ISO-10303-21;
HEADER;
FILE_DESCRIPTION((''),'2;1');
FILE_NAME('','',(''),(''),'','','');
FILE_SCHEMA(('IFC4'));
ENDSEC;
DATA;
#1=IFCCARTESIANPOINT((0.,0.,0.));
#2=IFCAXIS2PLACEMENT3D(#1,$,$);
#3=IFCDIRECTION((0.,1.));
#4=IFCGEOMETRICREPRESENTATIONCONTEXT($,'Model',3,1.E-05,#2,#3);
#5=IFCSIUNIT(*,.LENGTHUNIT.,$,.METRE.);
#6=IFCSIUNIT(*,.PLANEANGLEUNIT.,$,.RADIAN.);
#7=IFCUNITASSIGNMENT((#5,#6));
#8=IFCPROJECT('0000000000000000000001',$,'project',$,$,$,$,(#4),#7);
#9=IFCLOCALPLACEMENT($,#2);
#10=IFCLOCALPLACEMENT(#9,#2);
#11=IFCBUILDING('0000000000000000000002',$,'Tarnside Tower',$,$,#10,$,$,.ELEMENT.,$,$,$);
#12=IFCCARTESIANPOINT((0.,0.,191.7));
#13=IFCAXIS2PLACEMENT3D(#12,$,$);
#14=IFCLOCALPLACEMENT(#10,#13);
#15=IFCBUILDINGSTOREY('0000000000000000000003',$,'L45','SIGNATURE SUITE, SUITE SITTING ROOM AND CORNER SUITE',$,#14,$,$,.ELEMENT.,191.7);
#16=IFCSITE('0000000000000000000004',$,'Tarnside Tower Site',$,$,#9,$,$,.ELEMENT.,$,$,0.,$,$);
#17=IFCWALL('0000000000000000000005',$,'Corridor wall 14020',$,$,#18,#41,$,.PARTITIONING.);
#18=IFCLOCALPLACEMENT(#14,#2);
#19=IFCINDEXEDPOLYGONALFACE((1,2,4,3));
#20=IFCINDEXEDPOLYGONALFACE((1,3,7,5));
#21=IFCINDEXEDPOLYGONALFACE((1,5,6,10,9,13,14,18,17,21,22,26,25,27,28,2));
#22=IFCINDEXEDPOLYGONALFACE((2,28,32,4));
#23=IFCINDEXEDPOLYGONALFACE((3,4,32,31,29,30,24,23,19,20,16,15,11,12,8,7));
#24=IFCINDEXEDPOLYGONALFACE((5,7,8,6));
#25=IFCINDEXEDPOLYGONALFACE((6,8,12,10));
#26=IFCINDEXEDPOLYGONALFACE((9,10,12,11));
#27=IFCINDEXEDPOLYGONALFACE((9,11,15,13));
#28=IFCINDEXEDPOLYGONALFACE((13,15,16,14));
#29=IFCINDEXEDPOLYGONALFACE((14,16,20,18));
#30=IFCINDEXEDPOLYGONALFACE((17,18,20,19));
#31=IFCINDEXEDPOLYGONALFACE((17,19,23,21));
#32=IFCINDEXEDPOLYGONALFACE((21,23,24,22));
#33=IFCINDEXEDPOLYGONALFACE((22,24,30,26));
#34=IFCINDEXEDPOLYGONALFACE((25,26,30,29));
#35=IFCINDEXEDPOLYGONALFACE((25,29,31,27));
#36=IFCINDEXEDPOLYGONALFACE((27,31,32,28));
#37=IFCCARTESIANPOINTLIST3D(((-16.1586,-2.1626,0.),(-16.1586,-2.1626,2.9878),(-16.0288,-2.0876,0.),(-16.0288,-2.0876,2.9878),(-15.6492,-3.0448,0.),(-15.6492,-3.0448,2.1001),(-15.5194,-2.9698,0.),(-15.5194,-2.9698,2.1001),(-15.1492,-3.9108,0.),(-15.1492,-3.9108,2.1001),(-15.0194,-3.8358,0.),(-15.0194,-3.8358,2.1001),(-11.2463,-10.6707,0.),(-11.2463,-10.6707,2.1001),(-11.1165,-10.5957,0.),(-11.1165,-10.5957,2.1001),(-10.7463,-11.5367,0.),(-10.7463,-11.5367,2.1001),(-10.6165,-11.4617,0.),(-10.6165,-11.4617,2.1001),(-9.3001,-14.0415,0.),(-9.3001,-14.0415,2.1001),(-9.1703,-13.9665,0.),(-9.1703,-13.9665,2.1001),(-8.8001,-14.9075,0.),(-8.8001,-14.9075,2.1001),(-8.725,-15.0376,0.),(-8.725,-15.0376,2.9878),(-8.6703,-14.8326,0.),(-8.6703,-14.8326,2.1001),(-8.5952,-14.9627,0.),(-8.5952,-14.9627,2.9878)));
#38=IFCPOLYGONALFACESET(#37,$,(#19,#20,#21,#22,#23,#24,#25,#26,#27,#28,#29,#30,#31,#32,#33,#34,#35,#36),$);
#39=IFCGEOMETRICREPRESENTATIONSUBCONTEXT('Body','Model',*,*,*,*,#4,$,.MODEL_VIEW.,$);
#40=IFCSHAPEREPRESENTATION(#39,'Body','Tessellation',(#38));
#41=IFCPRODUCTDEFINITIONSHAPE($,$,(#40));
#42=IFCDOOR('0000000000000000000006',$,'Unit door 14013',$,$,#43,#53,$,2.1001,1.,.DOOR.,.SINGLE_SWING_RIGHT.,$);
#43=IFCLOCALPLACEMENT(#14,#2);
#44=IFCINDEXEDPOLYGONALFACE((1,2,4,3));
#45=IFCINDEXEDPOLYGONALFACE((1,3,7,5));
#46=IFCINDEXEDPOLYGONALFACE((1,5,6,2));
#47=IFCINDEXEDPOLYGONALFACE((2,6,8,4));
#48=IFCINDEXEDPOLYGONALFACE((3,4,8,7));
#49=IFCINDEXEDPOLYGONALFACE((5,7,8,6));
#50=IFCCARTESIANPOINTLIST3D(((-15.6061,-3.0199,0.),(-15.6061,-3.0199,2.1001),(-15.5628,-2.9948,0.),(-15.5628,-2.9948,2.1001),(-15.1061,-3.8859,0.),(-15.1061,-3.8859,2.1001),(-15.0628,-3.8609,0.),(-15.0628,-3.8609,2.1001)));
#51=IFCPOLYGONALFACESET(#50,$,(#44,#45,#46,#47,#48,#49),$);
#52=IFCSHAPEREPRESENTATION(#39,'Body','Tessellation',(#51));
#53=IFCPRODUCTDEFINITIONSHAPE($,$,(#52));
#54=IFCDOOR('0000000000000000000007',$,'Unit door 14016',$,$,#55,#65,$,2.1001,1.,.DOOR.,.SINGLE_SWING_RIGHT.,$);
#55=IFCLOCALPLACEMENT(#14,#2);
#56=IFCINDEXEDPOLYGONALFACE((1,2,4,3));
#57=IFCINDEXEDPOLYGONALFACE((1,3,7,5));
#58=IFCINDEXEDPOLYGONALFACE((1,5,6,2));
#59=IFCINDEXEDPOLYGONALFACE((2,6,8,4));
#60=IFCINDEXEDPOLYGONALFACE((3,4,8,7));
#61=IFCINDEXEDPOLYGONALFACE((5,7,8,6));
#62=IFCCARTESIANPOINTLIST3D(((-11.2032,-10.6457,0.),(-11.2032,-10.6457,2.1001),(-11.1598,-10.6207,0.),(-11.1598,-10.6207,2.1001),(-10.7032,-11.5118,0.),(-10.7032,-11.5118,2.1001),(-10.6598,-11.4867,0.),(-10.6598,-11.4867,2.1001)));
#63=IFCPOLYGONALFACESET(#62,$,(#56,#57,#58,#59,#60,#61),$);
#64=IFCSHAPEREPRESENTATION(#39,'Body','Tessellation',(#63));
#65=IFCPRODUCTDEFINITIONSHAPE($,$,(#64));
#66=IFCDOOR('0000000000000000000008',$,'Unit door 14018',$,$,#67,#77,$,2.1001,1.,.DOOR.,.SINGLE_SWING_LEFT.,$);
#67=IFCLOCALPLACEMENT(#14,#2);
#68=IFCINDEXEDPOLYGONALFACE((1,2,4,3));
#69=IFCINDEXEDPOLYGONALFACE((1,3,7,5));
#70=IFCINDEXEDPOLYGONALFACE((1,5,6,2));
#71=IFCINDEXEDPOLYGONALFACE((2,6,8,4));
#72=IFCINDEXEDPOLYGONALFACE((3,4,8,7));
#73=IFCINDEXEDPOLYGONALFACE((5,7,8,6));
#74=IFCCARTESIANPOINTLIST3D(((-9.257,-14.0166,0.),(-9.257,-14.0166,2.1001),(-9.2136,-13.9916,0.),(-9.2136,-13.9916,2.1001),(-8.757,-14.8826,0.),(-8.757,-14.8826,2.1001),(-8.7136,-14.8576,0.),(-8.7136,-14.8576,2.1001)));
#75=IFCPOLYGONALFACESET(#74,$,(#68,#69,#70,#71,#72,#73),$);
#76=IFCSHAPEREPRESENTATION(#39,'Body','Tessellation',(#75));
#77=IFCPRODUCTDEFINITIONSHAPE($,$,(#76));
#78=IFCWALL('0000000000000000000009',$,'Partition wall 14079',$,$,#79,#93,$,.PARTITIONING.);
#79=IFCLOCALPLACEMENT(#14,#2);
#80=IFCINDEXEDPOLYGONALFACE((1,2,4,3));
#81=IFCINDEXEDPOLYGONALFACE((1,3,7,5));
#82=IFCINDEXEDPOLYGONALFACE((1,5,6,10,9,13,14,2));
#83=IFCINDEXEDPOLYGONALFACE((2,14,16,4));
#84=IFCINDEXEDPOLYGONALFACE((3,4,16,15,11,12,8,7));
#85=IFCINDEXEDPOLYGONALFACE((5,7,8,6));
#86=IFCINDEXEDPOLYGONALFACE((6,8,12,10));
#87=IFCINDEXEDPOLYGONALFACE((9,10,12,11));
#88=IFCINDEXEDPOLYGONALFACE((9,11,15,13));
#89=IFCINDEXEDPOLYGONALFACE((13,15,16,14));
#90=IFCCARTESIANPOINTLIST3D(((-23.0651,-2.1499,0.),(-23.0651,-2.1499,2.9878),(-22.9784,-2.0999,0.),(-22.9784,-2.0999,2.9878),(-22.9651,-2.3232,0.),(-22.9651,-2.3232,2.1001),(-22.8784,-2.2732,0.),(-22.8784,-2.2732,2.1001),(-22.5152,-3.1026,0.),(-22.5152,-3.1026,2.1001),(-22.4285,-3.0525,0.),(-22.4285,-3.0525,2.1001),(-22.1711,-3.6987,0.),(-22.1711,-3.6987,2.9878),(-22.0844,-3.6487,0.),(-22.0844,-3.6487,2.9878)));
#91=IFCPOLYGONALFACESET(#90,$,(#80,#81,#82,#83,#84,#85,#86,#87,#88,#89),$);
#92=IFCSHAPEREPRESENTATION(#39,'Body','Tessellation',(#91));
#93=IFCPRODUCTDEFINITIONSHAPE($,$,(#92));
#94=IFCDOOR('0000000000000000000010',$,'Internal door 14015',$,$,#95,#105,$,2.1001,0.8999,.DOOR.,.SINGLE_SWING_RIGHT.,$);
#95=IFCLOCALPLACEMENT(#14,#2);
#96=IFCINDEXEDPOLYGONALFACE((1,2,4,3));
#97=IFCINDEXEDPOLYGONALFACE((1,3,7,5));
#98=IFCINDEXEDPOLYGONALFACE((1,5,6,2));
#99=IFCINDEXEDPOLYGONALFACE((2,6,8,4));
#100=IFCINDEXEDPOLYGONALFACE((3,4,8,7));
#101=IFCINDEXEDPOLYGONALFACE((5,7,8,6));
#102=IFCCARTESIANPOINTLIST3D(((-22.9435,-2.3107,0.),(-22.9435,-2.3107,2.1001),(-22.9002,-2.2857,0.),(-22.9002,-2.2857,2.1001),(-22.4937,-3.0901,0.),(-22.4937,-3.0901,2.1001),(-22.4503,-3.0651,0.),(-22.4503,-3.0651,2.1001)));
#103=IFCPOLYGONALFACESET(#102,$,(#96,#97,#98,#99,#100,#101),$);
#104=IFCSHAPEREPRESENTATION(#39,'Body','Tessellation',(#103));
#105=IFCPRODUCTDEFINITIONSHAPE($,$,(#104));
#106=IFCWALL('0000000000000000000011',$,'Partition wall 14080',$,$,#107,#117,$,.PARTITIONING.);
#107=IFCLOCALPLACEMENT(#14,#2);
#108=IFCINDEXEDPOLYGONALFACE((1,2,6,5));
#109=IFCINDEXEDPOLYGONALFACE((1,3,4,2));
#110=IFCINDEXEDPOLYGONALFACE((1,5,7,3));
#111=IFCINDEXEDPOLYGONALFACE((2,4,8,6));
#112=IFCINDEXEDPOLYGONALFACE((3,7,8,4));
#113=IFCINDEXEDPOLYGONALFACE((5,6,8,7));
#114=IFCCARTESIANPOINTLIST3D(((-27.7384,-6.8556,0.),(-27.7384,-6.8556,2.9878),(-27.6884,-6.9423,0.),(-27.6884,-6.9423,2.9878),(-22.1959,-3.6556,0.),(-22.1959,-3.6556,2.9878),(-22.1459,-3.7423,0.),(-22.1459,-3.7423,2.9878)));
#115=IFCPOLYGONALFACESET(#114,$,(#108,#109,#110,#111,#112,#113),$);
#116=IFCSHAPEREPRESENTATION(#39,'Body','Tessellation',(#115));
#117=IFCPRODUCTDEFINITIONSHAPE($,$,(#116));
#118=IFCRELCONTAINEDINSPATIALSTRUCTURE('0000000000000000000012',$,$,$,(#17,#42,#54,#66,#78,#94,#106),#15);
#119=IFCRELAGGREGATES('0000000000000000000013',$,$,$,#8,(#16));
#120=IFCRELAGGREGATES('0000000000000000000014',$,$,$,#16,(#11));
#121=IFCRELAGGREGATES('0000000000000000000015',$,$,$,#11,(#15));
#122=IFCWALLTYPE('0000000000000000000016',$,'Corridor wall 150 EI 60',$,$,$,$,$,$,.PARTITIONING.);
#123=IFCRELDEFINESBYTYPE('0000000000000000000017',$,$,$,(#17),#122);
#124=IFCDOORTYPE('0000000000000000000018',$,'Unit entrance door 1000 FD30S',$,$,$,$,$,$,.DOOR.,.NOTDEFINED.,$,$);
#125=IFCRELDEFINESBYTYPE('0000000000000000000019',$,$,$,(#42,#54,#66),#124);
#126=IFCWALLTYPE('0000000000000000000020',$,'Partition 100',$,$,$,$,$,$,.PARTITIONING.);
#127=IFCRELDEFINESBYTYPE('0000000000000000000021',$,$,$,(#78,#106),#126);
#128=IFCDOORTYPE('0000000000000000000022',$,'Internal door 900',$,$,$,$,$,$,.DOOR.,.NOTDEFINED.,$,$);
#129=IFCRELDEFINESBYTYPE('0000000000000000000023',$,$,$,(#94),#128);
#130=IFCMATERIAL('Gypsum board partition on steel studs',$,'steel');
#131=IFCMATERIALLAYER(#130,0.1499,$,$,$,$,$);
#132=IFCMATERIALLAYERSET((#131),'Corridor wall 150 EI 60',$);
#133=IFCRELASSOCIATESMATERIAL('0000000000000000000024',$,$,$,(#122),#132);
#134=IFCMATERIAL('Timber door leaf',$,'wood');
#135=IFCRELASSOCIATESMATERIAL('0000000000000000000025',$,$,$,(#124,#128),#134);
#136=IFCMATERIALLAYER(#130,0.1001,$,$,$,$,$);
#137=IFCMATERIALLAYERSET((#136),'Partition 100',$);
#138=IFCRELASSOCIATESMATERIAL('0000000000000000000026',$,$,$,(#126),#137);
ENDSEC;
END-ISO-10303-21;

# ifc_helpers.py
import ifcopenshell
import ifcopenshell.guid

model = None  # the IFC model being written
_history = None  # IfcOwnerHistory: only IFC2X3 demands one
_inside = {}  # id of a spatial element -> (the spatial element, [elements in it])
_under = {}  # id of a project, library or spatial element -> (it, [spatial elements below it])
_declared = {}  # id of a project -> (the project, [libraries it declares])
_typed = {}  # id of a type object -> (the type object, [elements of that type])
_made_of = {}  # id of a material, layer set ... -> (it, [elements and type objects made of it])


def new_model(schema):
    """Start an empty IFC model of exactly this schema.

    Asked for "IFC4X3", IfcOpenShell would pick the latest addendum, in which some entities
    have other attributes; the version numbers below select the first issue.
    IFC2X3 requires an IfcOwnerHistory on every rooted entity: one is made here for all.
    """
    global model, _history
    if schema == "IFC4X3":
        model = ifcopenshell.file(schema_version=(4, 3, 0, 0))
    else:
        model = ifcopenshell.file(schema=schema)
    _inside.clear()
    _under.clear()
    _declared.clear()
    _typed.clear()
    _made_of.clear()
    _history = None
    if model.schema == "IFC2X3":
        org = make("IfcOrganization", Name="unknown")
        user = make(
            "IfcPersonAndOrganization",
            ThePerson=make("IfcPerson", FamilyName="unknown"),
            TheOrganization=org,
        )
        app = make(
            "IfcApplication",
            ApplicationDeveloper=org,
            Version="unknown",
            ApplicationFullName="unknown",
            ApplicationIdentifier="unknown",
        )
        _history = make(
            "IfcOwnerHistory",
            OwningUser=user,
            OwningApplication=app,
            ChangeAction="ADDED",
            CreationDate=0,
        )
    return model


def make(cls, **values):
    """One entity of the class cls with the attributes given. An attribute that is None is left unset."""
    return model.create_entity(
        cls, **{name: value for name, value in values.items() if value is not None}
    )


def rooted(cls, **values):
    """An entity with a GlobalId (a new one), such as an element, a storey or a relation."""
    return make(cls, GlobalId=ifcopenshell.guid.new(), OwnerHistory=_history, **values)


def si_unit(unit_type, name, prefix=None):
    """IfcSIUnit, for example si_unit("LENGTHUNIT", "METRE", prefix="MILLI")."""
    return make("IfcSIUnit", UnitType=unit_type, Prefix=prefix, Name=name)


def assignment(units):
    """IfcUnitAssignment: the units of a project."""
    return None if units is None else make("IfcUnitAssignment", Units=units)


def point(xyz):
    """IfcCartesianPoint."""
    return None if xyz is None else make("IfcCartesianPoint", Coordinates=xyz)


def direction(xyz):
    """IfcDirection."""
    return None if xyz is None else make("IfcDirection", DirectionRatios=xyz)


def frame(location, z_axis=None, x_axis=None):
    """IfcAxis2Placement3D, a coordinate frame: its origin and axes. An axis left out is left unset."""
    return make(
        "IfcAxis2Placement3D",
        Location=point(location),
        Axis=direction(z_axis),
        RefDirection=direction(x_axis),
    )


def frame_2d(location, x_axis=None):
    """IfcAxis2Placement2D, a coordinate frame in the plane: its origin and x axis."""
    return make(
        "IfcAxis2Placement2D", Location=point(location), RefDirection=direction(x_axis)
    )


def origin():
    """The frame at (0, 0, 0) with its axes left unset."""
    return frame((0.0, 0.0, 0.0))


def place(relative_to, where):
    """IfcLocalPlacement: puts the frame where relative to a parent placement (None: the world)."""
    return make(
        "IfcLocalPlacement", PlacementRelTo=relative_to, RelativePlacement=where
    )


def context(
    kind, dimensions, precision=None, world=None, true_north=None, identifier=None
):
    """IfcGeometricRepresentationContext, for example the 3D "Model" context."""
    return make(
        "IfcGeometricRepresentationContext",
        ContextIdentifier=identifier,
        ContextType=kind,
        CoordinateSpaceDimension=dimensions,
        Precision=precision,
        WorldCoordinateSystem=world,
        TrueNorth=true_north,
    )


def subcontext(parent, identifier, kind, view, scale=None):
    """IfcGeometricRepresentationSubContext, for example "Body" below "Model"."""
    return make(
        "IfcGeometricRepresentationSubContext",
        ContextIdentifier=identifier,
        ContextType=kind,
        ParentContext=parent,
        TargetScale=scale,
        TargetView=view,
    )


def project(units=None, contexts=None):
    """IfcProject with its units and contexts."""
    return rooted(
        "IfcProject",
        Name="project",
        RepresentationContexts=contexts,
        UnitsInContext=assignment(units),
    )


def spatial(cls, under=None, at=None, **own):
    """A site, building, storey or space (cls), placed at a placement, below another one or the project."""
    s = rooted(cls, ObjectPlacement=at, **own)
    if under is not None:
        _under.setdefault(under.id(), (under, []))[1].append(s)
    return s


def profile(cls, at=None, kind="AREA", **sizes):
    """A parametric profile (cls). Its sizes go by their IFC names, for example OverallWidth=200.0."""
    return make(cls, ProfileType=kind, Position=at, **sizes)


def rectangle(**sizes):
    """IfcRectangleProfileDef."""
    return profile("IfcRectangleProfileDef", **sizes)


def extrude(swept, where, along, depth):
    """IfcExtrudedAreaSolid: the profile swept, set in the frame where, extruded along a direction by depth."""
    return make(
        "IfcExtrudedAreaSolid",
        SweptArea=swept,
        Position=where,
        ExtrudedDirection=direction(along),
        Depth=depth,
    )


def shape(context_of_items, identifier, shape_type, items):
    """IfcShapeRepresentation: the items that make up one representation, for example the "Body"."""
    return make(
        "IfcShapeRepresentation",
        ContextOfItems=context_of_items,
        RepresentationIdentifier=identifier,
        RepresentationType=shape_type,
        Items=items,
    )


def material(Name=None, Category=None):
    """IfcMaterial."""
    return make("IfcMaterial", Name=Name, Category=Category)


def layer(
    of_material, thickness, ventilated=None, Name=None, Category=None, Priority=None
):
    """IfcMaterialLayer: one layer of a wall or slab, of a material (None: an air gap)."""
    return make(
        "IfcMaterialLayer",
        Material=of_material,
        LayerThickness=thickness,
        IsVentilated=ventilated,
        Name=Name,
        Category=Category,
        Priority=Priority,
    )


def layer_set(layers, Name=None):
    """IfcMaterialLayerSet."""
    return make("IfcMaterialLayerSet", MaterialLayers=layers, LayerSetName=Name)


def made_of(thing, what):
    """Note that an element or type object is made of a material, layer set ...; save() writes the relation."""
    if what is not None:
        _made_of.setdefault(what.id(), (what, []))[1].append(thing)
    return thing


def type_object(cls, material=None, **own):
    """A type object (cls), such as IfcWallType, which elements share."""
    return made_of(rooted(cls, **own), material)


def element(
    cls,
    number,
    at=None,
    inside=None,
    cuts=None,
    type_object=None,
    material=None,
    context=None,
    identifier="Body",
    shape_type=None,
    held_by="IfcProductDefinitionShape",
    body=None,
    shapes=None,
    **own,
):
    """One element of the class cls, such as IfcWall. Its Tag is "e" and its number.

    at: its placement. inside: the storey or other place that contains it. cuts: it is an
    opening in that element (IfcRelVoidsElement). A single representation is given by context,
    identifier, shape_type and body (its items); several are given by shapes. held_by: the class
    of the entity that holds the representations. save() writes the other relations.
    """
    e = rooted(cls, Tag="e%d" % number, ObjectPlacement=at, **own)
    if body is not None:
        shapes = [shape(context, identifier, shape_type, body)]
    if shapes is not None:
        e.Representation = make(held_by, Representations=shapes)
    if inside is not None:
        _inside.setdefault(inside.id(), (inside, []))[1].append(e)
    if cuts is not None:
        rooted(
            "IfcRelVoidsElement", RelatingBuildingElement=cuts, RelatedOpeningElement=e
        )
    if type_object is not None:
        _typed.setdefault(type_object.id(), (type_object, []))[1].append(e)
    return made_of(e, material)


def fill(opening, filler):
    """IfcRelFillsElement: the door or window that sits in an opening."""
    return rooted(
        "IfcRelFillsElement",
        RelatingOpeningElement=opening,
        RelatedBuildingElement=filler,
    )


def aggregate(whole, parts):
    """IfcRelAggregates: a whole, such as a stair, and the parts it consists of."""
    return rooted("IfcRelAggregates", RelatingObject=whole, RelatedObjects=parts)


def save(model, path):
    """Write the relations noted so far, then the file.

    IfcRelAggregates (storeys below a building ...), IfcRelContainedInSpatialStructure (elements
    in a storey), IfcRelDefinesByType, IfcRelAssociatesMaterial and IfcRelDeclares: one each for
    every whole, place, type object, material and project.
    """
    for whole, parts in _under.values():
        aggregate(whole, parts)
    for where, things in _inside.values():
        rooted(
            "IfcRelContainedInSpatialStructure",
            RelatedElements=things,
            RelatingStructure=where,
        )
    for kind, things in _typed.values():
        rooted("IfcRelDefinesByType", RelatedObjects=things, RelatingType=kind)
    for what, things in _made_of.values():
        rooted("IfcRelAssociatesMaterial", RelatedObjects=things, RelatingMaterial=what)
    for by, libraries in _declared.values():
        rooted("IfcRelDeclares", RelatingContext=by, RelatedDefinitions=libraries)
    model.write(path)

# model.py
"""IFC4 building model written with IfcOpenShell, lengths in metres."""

from ifc_helpers import new_model, si_unit, direction, frame, frame_2d, origin, place, context, subcontext, project, spatial, rectangle, extrude, material, layer, layer_set, type_object, element, fill, save


model = new_model("IFC4")

# Units and contexts
model_context = context("Model", 3, precision=1e-05, world=origin(), true_north=direction((0.0, 1.0)))
body_context = subcontext(model_context, "Body", "Model", "MODEL_VIEW")
ifc_project = project(units=[si_unit("LENGTHUNIT", "METRE"), si_unit("PLANEANGLEUNIT", "RADIAN")], contexts=[model_context])

# Site, building, storey
site_placement = place(None, origin())
site = spatial("IfcSite", under=ifc_project, at=site_placement, Name="Tarnside Tower Site", CompositionType="ELEMENT", RefElevation=0.0)
building_placement = place(site_placement, origin())
building = spatial("IfcBuilding", under=site, at=building_placement, Name="Tarnside Tower", CompositionType="ELEMENT")
storey_placement = place(building_placement, frame((0.0, 0.0, 191.7)))
storey = spatial("IfcBuildingStorey", under=building, at=storey_placement, Name="L45", Description="SIGNATURE SUITE, SUITE SITTING ROOM AND CORNER SUITE", CompositionType="ELEMENT", Elevation=191.7)

# Shared definitions
ifc_material_1 = material(Name="Gypsum board partition on steel studs", Category="steel")

# Shared definitions
ifc_material_2 = material(Name="Timber door leaf", Category="wood")

# Shared definitions
ifc_layer_1 = layer(ifc_material_1, 0.1499)
ifc_layer_set_1 = layer_set([ifc_layer_1], Name="Corridor wall 150 EI 60")
wall_type_1 = type_object("IfcWallType", Name="Corridor wall 150 EI 60", PredefinedType="PARTITIONING", material=ifc_layer_set_1)

# Wall, openings, doors
wall_1_placement = place(storey_placement, frame((-16.0938, -2.125, 0.0), z_axis=(0.0, 0.0, 1.0), x_axis=(0.500011, -0.866019, 0.0)))
wall_1 = element("IfcWall", 1, at=wall_1_placement, inside=storey, type_object=wall_type_1, Name="Corridor wall 14020", PredefinedType="PARTITIONING", context=body_context, shape_type="SweptSolid", body=[
    extrude(rectangle(XDim=14.8669, YDim=0.1499, at=frame_2d((7.4336, 0.0))), origin(), (0.0, 0.0, 1.0), 2.9878),
])
opening_1_placement = place(wall_1_placement, frame((1.0188, 0.0, 0.0)))
opening_1 = element("IfcOpeningElement", 2, at=opening_1_placement, cuts=wall_1, PredefinedType="OPENING", context=body_context, shape_type="SweptSolid", body=[
    extrude(rectangle(XDim=1.0, YDim=2.1001, at=frame_2d((0.5, 1.05))), frame((0.0, 0.085, 0.0), z_axis=(0.0, -1.0, 0.0), x_axis=(1.0, 0.0, 0.0)), (0.0, 0.0, 1.0), 0.1699),
])
opening_2_placement = place(wall_1_placement, frame((9.8245, 0.0, 0.0)))
opening_2 = element("IfcOpeningElement", 3, at=opening_2_placement, cuts=wall_1, PredefinedType="OPENING", context=body_context, shape_type="SweptSolid", body=[
    extrude(rectangle(XDim=1.0, YDim=2.1001, at=frame_2d((0.5, 1.05))), frame((0.0, 0.085, 0.0), z_axis=(0.0, -1.0, 0.0), x_axis=(1.0, 0.0, 0.0)), (0.0, 0.0, 1.0), 0.1699),
])
opening_3_placement = place(wall_1_placement, frame((13.7168, 0.0, 0.0)))
opening_3 = element("IfcOpeningElement", 4, at=opening_3_placement, cuts=wall_1, PredefinedType="OPENING", context=body_context, shape_type="SweptSolid", body=[
    extrude(rectangle(XDim=1.0, YDim=2.1001, at=frame_2d((0.5, 1.05))), frame((0.0, 0.085, 0.0), z_axis=(0.0, -1.0, 0.0), x_axis=(1.0, 0.0, 0.0)), (0.0, 0.0, 1.0), 0.1699),
])
door_type_1 = type_object("IfcDoorType", Name="Unit entrance door 1000 FD30S", OperationType="NOTDEFINED", PredefinedType="DOOR", material=ifc_material_2)
door_1_placement = place(opening_1_placement, origin())
door_1 = element("IfcDoor", 5, at=door_1_placement, inside=storey, type_object=door_type_1, Name="Unit door 14013", OperationType="SINGLE_SWING_RIGHT", OverallHeight=2.1001, OverallWidth=1.0, PredefinedType="DOOR", context=body_context, shape_type="SweptSolid", body=[
    extrude(rectangle(XDim=1.0, YDim=2.1001, at=frame_2d((0.5, 1.05))), frame((0.0, 0.0249, 0.0), z_axis=(0.0, -1.0, 0.0), x_axis=(1.0, 0.0, 0.0)), (0.0, 0.0, 1.0), 0.05),
])
fill(opening_1, door_1)
door_2_placement = place(opening_2_placement, origin())
door_2 = element("IfcDoor", 6, at=door_2_placement, inside=storey, type_object=door_type_1, Name="Unit door 14016", OperationType="SINGLE_SWING_RIGHT", OverallHeight=2.1001, OverallWidth=1.0, PredefinedType="DOOR", context=body_context, shape_type="SweptSolid", body=[
    extrude(rectangle(XDim=1.0, YDim=2.1001, at=frame_2d((0.5, 1.05))), frame((0.0, 0.0249, 0.0), z_axis=(0.0, -1.0, 0.0), x_axis=(1.0, 0.0, 0.0)), (0.0, 0.0, 1.0), 0.05),
])
fill(opening_2, door_2)
door_3_placement = place(opening_3_placement, origin())
door_3 = element("IfcDoor", 7, at=door_3_placement, inside=storey, type_object=door_type_1, Name="Unit door 14018", OperationType="SINGLE_SWING_LEFT", OverallHeight=2.1001, OverallWidth=1.0, PredefinedType="DOOR", context=body_context, shape_type="SweptSolid", body=[
    extrude(rectangle(XDim=1.0, YDim=2.1001, at=frame_2d((0.5, 1.05))), frame((0.0, 0.0249, 0.0), z_axis=(0.0, -1.0, 0.0), x_axis=(1.0, 0.0, 0.0)), (0.0, 0.0, 1.0), 0.05),
])
fill(opening_3, door_3)

# Wall, opening, door
ifc_layer_2 = layer(ifc_material_1, 0.1001)
ifc_layer_set_2 = layer_set([ifc_layer_2], Name="Partition 100")
wall_type_2 = type_object("IfcWallType", Name="Partition 100", PredefinedType="PARTITIONING", material=ifc_layer_set_2)
wall_2_placement = place(storey_placement, frame((-23.0217, -2.125, 0.0), z_axis=(0.0, 0.0, 1.0), x_axis=(0.499927, -0.866067, 0.0)))
wall_2 = element("IfcWall", 8, at=wall_2_placement, inside=storey, type_object=wall_type_2, Name="Partition wall 14079", PredefinedType="PARTITIONING", context=body_context, shape_type="SweptSolid", body=[
    extrude(rectangle(XDim=1.7883, YDim=0.1001, at=frame_2d((0.894, 0.0))), origin(), (0.0, 0.0, 1.0), 2.9878),
])
opening_4_placement = place(wall_2_placement, frame((0.2, 0.0, 0.0)))
opening_4 = element("IfcOpeningElement", 9, at=opening_4_placement, cuts=wall_2, PredefinedType="OPENING", context=body_context, shape_type="SweptSolid", body=[
    extrude(rectangle(XDim=0.8999, YDim=2.1001, at=frame_2d((0.45, 1.05))), frame((0.0, 0.0601, 0.0), z_axis=(0.0, -1.0, 0.0), x_axis=(1.0, 0.0, 0.0)), (0.0, 0.0, 1.0), 0.1201),
])
door_type_2 = type_object("IfcDoorType", Name="Internal door 900", OperationType="NOTDEFINED", PredefinedType="DOOR", material=ifc_material_2)
door_4_placement = place(opening_4_placement, origin())
door_4 = element("IfcDoor", 10, at=door_4_placement, inside=storey, type_object=door_type_2, Name="Internal door 14015", OperationType="SINGLE_SWING_RIGHT", OverallHeight=2.1001, OverallWidth=0.8999, PredefinedType="DOOR", context=body_context, shape_type="SweptSolid", body=[
    extrude(rectangle(XDim=0.8999, YDim=2.1001, at=frame_2d((0.45, 1.05))), frame((0.0, 0.0249, 0.0), z_axis=(0.0, -1.0, 0.0), x_axis=(1.0, 0.0, 0.0)), (0.0, 0.0, 1.0), 0.05),
])
fill(opening_4, door_4)

# Wall
wall_3_placement = place(storey_placement, frame((-22.1709, -3.699, 0.0), z_axis=(0.0, 0.0, 1.0), x_axis=(-0.866025, -0.5, 0.0)))
element("IfcWall", 11, at=wall_3_placement, inside=storey, type_object=wall_type_2, Name="Partition wall 14080", PredefinedType="PARTITIONING", context=body_context, shape_type="SweptSolid", body=[
    extrude(rectangle(XDim=6.3999, YDim=0.1001, at=frame_2d((3.2, 0.0))), origin(), (0.0, 0.0, 1.0), 2.9878),
])

save(model, "model.ifc")
